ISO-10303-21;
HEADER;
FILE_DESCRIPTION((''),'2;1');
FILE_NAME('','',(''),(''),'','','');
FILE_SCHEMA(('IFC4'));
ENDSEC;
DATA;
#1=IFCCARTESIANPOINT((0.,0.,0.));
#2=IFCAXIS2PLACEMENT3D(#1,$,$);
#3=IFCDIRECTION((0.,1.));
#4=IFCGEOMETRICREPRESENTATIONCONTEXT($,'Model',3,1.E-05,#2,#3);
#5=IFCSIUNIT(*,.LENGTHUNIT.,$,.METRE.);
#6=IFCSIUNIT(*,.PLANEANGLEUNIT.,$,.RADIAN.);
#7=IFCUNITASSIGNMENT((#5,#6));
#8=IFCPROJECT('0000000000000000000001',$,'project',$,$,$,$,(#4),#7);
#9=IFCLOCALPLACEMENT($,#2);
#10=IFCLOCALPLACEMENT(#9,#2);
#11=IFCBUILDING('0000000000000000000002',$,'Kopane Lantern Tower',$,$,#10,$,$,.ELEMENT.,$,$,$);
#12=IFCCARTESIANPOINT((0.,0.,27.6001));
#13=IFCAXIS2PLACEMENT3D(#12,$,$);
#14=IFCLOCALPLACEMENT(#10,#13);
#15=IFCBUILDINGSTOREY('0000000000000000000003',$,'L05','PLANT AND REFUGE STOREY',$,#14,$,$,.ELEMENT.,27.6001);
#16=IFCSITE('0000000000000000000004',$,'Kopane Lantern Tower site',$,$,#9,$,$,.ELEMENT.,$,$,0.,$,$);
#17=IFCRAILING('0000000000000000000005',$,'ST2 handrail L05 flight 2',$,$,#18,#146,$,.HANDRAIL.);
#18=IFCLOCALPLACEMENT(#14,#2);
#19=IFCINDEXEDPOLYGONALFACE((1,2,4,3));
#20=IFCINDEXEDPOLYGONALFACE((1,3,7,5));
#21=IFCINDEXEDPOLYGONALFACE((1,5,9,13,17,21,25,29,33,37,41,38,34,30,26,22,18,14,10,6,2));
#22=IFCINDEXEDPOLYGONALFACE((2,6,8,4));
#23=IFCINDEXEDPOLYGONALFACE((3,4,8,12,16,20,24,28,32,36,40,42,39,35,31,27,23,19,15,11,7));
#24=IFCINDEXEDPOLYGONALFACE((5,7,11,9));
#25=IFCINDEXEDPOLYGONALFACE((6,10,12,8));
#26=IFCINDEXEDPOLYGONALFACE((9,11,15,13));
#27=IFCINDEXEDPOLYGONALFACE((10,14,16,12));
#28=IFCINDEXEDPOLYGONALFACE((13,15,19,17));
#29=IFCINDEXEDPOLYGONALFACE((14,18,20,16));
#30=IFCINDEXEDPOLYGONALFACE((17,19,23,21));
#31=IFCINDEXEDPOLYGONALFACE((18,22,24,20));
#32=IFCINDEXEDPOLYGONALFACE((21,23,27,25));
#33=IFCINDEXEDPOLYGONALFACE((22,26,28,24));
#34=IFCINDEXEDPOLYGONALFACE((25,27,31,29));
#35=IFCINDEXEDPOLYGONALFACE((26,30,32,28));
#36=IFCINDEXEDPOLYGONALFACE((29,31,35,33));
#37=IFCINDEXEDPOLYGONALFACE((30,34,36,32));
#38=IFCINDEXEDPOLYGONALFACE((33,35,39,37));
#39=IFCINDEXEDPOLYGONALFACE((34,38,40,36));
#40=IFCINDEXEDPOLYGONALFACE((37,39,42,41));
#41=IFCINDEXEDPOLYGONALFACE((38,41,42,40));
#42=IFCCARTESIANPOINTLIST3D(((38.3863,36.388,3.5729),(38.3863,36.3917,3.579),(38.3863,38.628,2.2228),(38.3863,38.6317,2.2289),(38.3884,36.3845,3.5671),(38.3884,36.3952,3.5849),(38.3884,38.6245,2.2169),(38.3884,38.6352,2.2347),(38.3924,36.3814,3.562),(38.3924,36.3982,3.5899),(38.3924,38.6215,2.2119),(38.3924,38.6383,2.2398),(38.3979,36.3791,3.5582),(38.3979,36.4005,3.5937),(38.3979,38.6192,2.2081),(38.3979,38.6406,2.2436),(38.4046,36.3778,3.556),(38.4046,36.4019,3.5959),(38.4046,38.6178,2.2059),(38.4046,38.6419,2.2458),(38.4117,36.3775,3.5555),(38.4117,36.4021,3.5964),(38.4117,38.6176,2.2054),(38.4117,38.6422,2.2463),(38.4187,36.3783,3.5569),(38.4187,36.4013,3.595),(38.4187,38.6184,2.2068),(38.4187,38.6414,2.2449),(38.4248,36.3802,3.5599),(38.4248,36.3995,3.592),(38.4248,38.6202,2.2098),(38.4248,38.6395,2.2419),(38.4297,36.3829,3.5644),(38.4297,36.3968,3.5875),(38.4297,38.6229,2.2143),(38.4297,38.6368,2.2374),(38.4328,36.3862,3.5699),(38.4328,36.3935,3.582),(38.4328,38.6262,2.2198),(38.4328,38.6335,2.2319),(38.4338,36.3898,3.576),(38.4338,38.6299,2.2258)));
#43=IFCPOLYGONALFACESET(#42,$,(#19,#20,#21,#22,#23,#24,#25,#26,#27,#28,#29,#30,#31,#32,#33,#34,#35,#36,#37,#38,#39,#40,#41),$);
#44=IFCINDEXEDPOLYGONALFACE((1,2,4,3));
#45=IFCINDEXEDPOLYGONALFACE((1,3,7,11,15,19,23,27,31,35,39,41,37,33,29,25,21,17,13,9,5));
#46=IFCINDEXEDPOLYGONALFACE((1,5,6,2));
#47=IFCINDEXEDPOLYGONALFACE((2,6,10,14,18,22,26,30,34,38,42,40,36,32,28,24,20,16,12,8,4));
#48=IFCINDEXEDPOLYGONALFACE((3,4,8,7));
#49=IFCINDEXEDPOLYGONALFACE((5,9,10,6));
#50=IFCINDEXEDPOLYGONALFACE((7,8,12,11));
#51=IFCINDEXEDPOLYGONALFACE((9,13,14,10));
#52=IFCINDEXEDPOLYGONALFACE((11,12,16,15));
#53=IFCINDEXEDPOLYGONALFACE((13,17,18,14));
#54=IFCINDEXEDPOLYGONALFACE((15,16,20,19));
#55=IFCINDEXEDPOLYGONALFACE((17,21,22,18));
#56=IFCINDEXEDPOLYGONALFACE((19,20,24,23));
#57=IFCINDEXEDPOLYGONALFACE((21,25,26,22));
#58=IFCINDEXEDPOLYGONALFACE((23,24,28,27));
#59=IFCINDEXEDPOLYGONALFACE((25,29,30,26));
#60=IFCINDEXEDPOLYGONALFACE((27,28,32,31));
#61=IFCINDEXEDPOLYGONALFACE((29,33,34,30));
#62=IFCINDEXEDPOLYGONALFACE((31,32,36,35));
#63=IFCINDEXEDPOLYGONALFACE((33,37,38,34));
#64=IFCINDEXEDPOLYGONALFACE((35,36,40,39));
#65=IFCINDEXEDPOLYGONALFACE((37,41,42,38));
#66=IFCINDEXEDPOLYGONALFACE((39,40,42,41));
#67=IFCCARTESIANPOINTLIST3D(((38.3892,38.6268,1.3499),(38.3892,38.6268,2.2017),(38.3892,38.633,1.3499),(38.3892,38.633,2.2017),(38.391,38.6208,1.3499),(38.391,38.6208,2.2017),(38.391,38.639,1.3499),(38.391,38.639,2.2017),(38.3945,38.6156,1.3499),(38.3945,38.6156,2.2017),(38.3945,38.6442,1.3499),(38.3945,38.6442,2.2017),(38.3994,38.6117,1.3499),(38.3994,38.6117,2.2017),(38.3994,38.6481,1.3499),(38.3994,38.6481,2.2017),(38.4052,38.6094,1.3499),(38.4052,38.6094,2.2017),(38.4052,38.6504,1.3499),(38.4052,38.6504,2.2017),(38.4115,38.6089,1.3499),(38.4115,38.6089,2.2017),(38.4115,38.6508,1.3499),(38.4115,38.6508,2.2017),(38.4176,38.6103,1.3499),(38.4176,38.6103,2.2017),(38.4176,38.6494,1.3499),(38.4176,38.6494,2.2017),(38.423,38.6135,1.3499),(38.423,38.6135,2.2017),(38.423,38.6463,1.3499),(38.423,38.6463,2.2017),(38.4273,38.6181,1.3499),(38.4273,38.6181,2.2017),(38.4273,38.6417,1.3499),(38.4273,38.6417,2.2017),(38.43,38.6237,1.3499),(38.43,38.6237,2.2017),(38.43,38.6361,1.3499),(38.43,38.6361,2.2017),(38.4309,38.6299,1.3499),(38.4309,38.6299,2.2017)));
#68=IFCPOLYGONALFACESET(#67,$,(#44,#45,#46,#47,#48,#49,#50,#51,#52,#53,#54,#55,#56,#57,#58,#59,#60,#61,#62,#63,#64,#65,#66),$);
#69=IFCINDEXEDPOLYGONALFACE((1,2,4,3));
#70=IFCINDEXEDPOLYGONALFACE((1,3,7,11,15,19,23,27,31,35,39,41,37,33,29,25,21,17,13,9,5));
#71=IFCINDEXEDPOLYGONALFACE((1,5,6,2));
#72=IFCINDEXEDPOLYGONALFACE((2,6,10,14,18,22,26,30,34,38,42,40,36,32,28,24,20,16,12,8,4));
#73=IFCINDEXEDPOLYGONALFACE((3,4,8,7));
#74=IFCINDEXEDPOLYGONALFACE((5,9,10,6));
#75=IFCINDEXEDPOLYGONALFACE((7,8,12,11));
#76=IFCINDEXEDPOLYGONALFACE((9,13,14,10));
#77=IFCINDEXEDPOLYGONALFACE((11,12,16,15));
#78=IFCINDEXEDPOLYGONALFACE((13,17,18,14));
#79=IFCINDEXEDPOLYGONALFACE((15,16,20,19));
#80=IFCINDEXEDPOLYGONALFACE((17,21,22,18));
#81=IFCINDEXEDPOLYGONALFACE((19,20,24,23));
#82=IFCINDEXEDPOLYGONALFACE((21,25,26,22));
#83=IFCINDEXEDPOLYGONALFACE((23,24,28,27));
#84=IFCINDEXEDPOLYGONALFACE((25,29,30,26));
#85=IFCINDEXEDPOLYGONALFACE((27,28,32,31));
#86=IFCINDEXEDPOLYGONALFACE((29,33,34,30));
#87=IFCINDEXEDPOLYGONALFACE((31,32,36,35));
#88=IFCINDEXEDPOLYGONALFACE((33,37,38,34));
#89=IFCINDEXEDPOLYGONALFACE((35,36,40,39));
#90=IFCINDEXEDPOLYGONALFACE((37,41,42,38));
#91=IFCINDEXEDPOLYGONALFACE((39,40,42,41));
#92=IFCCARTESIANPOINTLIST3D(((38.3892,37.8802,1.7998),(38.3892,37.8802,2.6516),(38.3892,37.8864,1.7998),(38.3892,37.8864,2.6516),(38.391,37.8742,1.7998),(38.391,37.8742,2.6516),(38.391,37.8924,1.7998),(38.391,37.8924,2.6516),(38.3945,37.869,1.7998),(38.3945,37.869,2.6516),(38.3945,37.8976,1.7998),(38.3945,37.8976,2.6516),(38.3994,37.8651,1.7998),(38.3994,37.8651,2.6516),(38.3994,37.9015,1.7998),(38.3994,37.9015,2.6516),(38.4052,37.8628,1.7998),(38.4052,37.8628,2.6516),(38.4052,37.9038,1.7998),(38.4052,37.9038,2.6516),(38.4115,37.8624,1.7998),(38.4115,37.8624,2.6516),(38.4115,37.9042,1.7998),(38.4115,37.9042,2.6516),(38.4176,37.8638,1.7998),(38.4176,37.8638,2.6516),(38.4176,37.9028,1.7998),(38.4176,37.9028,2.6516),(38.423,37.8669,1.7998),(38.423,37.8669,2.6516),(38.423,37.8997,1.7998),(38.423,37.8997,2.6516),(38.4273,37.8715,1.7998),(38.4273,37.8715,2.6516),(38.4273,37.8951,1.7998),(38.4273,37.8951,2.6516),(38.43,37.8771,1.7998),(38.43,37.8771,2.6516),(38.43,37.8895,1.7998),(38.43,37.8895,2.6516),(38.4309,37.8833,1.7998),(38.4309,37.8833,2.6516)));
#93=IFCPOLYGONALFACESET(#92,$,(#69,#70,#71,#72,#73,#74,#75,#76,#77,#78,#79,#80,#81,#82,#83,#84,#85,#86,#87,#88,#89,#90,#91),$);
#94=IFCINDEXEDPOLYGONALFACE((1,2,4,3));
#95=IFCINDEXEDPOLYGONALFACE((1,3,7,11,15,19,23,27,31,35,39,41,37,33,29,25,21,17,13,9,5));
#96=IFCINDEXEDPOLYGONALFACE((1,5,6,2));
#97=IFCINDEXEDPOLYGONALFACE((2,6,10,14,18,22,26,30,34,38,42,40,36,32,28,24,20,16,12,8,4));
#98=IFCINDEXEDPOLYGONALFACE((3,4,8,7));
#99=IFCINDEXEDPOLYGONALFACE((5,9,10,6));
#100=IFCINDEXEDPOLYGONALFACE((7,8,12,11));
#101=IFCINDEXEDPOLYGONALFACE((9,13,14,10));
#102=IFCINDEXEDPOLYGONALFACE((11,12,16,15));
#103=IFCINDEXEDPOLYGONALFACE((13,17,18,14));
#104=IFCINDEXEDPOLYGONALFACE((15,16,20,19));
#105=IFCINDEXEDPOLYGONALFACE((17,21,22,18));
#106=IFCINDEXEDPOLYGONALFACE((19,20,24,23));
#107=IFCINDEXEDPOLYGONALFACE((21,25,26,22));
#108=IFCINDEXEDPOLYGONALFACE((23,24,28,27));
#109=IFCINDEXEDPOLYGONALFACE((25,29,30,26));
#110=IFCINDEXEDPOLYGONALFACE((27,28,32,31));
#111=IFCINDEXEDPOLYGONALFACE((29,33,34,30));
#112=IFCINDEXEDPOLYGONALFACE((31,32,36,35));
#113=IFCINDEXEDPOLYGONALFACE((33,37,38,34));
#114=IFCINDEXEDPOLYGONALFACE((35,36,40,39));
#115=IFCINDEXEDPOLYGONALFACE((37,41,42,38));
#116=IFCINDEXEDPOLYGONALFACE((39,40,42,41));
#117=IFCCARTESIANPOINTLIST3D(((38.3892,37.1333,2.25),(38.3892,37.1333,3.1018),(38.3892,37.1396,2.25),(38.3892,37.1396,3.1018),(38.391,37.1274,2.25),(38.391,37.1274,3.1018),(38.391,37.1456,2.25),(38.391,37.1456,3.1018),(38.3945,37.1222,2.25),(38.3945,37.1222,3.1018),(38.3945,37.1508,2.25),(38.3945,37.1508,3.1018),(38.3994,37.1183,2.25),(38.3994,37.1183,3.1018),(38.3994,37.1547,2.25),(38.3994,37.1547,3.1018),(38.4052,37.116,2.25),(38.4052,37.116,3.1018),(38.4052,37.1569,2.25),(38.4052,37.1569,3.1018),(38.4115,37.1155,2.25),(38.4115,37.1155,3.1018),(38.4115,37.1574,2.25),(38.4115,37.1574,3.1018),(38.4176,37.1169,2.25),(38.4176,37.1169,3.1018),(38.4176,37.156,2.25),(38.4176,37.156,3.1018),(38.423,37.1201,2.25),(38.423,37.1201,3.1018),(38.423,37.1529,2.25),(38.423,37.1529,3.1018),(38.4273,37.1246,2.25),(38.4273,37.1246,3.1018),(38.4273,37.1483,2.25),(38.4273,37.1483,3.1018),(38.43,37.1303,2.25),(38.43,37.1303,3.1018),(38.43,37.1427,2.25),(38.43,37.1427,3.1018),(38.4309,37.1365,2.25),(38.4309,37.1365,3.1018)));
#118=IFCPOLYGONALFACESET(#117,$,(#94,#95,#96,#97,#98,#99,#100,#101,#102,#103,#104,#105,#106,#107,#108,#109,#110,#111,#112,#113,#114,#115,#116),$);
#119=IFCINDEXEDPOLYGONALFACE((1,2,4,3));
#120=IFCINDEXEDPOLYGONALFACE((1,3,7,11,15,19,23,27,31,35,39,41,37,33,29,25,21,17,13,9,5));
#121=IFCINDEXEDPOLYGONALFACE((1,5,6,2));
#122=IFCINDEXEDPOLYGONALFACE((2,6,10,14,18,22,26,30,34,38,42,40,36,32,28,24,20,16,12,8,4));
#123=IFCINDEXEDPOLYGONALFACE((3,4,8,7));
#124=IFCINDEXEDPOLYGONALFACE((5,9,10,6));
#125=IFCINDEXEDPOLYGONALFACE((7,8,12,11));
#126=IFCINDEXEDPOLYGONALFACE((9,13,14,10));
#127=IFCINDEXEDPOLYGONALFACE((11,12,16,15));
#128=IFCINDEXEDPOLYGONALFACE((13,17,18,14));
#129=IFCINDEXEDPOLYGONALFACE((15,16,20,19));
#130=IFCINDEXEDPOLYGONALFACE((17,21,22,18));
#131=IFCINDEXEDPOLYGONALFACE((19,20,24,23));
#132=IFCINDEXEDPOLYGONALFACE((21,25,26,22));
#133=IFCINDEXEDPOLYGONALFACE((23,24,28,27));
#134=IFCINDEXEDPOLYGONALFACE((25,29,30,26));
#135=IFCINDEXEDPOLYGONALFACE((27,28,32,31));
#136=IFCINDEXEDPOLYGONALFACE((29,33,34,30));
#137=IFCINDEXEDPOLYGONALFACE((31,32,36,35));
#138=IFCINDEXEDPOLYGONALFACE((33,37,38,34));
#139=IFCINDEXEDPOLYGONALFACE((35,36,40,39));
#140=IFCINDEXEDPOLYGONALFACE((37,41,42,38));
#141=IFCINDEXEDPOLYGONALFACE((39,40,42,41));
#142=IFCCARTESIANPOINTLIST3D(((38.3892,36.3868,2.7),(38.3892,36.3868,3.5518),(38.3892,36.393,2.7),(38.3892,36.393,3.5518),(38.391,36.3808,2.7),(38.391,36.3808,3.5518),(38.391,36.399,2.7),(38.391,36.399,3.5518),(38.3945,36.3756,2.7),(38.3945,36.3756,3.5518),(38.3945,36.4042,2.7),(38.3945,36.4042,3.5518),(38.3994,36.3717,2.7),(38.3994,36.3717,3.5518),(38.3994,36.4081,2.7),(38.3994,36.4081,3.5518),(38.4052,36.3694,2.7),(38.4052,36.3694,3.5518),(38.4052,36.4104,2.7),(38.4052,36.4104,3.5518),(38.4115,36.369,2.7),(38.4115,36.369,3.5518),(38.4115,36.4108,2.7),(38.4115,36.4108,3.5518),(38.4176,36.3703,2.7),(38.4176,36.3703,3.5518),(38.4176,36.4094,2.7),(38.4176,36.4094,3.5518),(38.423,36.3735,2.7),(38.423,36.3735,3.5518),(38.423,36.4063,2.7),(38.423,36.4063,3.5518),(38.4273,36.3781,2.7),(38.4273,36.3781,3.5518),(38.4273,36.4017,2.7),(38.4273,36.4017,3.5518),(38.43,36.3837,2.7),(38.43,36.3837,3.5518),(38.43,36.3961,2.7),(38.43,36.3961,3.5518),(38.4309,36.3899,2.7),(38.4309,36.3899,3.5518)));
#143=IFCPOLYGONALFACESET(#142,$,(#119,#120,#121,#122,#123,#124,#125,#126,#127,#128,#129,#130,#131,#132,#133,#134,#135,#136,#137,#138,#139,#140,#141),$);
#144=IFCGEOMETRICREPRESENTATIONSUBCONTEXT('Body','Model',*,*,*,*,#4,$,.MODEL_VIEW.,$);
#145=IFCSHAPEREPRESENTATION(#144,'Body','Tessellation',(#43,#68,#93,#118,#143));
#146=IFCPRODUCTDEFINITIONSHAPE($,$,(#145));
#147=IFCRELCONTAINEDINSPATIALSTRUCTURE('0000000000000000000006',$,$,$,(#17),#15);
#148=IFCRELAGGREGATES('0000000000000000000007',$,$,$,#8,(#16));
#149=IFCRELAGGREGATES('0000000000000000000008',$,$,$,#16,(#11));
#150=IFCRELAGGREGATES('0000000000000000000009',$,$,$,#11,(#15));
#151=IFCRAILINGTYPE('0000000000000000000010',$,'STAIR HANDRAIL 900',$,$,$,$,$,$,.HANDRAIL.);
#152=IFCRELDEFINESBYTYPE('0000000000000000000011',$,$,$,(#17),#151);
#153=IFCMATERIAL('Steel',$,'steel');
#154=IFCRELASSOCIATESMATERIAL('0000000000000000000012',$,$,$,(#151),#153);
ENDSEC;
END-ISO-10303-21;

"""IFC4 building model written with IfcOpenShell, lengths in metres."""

from ifc_helpers import new_model, si_unit, direction, frame, origin, origin_2d, place, context, subcontext, project, spatial, circle, extrude, material, type_object, element, save


model = new_model("IFC4")

# Units and contexts
model_context = context("Model", 3, precision=1e-05, world=origin(), true_north=direction((0.0, 1.0)))
body_context = subcontext(model_context, "Body", "Model", "MODEL_VIEW")
ifc_project = project(units=[si_unit("LENGTHUNIT", "METRE"), si_unit("PLANEANGLEUNIT", "RADIAN")], contexts=[model_context])

# Site, building, storey
site_placement = place(None, origin())
site = spatial("IfcSite", under=ifc_project, at=site_placement, Name="Kopane Lantern Tower site", CompositionType="ELEMENT", RefElevation=0.0)
building_placement = place(site_placement, origin())
building = spatial("IfcBuilding", under=site, at=building_placement, Name="Kopane Lantern Tower", CompositionType="ELEMENT")
storey_placement = place(building_placement, frame((0.0, 0.0, 27.6001)))
storey = spatial("IfcBuildingStorey", under=building, at=storey_placement, Name="L05", Description="PLANT AND REFUGE STOREY", CompositionType="ELEMENT", Elevation=27.6001)

# Railing
ifc_material_1 = material(Name="Steel", Category="steel")
railing_type = type_object("IfcRailingType", Name="STAIR HANDRAIL 900", PredefinedType="HANDRAIL", material=ifc_material_1)
for number, where, name in (
    (1, (38.4099, 38.6299, 1.3499), "ST2 handrail L05 flight 2"),
):
    element("IfcRailing", number, at=place(storey_placement, frame(where)), inside=storey, type_object=railing_type, Name=name, PredefinedType="HANDRAIL", context=body_context, shape_type="SweptSolid", body=[
        extrude(circle(Radius=0.0239, at=origin_2d()), frame((0.0, 0.0, 0.876), z_axis=(0.0, -0.856462, 0.516211), x_axis=(1.0, 0.0, 0.0)), (0.0, 0.0, 1.0), 2.6155),
        extrude(circle(Radius=0.021, at=origin_2d()), origin(), (0.0, 0.0, 1.0), 0.8518),
        extrude(circle(Radius=0.021, at=origin_2d()), frame((0.0, -0.7466, 0.45)), (0.0, 0.0, 1.0), 0.8518),
        extrude(circle(Radius=0.021, at=origin_2d()), frame((0.0, -1.4934, 0.9001)), (0.0, 0.0, 1.0), 0.8518),
        extrude(circle(Radius=0.021, at=origin_2d()), frame((0.0, -2.24, 1.3501)), (0.0, 0.0, 1.0), 0.8518),
    ])

save(model, "model.ifc")
